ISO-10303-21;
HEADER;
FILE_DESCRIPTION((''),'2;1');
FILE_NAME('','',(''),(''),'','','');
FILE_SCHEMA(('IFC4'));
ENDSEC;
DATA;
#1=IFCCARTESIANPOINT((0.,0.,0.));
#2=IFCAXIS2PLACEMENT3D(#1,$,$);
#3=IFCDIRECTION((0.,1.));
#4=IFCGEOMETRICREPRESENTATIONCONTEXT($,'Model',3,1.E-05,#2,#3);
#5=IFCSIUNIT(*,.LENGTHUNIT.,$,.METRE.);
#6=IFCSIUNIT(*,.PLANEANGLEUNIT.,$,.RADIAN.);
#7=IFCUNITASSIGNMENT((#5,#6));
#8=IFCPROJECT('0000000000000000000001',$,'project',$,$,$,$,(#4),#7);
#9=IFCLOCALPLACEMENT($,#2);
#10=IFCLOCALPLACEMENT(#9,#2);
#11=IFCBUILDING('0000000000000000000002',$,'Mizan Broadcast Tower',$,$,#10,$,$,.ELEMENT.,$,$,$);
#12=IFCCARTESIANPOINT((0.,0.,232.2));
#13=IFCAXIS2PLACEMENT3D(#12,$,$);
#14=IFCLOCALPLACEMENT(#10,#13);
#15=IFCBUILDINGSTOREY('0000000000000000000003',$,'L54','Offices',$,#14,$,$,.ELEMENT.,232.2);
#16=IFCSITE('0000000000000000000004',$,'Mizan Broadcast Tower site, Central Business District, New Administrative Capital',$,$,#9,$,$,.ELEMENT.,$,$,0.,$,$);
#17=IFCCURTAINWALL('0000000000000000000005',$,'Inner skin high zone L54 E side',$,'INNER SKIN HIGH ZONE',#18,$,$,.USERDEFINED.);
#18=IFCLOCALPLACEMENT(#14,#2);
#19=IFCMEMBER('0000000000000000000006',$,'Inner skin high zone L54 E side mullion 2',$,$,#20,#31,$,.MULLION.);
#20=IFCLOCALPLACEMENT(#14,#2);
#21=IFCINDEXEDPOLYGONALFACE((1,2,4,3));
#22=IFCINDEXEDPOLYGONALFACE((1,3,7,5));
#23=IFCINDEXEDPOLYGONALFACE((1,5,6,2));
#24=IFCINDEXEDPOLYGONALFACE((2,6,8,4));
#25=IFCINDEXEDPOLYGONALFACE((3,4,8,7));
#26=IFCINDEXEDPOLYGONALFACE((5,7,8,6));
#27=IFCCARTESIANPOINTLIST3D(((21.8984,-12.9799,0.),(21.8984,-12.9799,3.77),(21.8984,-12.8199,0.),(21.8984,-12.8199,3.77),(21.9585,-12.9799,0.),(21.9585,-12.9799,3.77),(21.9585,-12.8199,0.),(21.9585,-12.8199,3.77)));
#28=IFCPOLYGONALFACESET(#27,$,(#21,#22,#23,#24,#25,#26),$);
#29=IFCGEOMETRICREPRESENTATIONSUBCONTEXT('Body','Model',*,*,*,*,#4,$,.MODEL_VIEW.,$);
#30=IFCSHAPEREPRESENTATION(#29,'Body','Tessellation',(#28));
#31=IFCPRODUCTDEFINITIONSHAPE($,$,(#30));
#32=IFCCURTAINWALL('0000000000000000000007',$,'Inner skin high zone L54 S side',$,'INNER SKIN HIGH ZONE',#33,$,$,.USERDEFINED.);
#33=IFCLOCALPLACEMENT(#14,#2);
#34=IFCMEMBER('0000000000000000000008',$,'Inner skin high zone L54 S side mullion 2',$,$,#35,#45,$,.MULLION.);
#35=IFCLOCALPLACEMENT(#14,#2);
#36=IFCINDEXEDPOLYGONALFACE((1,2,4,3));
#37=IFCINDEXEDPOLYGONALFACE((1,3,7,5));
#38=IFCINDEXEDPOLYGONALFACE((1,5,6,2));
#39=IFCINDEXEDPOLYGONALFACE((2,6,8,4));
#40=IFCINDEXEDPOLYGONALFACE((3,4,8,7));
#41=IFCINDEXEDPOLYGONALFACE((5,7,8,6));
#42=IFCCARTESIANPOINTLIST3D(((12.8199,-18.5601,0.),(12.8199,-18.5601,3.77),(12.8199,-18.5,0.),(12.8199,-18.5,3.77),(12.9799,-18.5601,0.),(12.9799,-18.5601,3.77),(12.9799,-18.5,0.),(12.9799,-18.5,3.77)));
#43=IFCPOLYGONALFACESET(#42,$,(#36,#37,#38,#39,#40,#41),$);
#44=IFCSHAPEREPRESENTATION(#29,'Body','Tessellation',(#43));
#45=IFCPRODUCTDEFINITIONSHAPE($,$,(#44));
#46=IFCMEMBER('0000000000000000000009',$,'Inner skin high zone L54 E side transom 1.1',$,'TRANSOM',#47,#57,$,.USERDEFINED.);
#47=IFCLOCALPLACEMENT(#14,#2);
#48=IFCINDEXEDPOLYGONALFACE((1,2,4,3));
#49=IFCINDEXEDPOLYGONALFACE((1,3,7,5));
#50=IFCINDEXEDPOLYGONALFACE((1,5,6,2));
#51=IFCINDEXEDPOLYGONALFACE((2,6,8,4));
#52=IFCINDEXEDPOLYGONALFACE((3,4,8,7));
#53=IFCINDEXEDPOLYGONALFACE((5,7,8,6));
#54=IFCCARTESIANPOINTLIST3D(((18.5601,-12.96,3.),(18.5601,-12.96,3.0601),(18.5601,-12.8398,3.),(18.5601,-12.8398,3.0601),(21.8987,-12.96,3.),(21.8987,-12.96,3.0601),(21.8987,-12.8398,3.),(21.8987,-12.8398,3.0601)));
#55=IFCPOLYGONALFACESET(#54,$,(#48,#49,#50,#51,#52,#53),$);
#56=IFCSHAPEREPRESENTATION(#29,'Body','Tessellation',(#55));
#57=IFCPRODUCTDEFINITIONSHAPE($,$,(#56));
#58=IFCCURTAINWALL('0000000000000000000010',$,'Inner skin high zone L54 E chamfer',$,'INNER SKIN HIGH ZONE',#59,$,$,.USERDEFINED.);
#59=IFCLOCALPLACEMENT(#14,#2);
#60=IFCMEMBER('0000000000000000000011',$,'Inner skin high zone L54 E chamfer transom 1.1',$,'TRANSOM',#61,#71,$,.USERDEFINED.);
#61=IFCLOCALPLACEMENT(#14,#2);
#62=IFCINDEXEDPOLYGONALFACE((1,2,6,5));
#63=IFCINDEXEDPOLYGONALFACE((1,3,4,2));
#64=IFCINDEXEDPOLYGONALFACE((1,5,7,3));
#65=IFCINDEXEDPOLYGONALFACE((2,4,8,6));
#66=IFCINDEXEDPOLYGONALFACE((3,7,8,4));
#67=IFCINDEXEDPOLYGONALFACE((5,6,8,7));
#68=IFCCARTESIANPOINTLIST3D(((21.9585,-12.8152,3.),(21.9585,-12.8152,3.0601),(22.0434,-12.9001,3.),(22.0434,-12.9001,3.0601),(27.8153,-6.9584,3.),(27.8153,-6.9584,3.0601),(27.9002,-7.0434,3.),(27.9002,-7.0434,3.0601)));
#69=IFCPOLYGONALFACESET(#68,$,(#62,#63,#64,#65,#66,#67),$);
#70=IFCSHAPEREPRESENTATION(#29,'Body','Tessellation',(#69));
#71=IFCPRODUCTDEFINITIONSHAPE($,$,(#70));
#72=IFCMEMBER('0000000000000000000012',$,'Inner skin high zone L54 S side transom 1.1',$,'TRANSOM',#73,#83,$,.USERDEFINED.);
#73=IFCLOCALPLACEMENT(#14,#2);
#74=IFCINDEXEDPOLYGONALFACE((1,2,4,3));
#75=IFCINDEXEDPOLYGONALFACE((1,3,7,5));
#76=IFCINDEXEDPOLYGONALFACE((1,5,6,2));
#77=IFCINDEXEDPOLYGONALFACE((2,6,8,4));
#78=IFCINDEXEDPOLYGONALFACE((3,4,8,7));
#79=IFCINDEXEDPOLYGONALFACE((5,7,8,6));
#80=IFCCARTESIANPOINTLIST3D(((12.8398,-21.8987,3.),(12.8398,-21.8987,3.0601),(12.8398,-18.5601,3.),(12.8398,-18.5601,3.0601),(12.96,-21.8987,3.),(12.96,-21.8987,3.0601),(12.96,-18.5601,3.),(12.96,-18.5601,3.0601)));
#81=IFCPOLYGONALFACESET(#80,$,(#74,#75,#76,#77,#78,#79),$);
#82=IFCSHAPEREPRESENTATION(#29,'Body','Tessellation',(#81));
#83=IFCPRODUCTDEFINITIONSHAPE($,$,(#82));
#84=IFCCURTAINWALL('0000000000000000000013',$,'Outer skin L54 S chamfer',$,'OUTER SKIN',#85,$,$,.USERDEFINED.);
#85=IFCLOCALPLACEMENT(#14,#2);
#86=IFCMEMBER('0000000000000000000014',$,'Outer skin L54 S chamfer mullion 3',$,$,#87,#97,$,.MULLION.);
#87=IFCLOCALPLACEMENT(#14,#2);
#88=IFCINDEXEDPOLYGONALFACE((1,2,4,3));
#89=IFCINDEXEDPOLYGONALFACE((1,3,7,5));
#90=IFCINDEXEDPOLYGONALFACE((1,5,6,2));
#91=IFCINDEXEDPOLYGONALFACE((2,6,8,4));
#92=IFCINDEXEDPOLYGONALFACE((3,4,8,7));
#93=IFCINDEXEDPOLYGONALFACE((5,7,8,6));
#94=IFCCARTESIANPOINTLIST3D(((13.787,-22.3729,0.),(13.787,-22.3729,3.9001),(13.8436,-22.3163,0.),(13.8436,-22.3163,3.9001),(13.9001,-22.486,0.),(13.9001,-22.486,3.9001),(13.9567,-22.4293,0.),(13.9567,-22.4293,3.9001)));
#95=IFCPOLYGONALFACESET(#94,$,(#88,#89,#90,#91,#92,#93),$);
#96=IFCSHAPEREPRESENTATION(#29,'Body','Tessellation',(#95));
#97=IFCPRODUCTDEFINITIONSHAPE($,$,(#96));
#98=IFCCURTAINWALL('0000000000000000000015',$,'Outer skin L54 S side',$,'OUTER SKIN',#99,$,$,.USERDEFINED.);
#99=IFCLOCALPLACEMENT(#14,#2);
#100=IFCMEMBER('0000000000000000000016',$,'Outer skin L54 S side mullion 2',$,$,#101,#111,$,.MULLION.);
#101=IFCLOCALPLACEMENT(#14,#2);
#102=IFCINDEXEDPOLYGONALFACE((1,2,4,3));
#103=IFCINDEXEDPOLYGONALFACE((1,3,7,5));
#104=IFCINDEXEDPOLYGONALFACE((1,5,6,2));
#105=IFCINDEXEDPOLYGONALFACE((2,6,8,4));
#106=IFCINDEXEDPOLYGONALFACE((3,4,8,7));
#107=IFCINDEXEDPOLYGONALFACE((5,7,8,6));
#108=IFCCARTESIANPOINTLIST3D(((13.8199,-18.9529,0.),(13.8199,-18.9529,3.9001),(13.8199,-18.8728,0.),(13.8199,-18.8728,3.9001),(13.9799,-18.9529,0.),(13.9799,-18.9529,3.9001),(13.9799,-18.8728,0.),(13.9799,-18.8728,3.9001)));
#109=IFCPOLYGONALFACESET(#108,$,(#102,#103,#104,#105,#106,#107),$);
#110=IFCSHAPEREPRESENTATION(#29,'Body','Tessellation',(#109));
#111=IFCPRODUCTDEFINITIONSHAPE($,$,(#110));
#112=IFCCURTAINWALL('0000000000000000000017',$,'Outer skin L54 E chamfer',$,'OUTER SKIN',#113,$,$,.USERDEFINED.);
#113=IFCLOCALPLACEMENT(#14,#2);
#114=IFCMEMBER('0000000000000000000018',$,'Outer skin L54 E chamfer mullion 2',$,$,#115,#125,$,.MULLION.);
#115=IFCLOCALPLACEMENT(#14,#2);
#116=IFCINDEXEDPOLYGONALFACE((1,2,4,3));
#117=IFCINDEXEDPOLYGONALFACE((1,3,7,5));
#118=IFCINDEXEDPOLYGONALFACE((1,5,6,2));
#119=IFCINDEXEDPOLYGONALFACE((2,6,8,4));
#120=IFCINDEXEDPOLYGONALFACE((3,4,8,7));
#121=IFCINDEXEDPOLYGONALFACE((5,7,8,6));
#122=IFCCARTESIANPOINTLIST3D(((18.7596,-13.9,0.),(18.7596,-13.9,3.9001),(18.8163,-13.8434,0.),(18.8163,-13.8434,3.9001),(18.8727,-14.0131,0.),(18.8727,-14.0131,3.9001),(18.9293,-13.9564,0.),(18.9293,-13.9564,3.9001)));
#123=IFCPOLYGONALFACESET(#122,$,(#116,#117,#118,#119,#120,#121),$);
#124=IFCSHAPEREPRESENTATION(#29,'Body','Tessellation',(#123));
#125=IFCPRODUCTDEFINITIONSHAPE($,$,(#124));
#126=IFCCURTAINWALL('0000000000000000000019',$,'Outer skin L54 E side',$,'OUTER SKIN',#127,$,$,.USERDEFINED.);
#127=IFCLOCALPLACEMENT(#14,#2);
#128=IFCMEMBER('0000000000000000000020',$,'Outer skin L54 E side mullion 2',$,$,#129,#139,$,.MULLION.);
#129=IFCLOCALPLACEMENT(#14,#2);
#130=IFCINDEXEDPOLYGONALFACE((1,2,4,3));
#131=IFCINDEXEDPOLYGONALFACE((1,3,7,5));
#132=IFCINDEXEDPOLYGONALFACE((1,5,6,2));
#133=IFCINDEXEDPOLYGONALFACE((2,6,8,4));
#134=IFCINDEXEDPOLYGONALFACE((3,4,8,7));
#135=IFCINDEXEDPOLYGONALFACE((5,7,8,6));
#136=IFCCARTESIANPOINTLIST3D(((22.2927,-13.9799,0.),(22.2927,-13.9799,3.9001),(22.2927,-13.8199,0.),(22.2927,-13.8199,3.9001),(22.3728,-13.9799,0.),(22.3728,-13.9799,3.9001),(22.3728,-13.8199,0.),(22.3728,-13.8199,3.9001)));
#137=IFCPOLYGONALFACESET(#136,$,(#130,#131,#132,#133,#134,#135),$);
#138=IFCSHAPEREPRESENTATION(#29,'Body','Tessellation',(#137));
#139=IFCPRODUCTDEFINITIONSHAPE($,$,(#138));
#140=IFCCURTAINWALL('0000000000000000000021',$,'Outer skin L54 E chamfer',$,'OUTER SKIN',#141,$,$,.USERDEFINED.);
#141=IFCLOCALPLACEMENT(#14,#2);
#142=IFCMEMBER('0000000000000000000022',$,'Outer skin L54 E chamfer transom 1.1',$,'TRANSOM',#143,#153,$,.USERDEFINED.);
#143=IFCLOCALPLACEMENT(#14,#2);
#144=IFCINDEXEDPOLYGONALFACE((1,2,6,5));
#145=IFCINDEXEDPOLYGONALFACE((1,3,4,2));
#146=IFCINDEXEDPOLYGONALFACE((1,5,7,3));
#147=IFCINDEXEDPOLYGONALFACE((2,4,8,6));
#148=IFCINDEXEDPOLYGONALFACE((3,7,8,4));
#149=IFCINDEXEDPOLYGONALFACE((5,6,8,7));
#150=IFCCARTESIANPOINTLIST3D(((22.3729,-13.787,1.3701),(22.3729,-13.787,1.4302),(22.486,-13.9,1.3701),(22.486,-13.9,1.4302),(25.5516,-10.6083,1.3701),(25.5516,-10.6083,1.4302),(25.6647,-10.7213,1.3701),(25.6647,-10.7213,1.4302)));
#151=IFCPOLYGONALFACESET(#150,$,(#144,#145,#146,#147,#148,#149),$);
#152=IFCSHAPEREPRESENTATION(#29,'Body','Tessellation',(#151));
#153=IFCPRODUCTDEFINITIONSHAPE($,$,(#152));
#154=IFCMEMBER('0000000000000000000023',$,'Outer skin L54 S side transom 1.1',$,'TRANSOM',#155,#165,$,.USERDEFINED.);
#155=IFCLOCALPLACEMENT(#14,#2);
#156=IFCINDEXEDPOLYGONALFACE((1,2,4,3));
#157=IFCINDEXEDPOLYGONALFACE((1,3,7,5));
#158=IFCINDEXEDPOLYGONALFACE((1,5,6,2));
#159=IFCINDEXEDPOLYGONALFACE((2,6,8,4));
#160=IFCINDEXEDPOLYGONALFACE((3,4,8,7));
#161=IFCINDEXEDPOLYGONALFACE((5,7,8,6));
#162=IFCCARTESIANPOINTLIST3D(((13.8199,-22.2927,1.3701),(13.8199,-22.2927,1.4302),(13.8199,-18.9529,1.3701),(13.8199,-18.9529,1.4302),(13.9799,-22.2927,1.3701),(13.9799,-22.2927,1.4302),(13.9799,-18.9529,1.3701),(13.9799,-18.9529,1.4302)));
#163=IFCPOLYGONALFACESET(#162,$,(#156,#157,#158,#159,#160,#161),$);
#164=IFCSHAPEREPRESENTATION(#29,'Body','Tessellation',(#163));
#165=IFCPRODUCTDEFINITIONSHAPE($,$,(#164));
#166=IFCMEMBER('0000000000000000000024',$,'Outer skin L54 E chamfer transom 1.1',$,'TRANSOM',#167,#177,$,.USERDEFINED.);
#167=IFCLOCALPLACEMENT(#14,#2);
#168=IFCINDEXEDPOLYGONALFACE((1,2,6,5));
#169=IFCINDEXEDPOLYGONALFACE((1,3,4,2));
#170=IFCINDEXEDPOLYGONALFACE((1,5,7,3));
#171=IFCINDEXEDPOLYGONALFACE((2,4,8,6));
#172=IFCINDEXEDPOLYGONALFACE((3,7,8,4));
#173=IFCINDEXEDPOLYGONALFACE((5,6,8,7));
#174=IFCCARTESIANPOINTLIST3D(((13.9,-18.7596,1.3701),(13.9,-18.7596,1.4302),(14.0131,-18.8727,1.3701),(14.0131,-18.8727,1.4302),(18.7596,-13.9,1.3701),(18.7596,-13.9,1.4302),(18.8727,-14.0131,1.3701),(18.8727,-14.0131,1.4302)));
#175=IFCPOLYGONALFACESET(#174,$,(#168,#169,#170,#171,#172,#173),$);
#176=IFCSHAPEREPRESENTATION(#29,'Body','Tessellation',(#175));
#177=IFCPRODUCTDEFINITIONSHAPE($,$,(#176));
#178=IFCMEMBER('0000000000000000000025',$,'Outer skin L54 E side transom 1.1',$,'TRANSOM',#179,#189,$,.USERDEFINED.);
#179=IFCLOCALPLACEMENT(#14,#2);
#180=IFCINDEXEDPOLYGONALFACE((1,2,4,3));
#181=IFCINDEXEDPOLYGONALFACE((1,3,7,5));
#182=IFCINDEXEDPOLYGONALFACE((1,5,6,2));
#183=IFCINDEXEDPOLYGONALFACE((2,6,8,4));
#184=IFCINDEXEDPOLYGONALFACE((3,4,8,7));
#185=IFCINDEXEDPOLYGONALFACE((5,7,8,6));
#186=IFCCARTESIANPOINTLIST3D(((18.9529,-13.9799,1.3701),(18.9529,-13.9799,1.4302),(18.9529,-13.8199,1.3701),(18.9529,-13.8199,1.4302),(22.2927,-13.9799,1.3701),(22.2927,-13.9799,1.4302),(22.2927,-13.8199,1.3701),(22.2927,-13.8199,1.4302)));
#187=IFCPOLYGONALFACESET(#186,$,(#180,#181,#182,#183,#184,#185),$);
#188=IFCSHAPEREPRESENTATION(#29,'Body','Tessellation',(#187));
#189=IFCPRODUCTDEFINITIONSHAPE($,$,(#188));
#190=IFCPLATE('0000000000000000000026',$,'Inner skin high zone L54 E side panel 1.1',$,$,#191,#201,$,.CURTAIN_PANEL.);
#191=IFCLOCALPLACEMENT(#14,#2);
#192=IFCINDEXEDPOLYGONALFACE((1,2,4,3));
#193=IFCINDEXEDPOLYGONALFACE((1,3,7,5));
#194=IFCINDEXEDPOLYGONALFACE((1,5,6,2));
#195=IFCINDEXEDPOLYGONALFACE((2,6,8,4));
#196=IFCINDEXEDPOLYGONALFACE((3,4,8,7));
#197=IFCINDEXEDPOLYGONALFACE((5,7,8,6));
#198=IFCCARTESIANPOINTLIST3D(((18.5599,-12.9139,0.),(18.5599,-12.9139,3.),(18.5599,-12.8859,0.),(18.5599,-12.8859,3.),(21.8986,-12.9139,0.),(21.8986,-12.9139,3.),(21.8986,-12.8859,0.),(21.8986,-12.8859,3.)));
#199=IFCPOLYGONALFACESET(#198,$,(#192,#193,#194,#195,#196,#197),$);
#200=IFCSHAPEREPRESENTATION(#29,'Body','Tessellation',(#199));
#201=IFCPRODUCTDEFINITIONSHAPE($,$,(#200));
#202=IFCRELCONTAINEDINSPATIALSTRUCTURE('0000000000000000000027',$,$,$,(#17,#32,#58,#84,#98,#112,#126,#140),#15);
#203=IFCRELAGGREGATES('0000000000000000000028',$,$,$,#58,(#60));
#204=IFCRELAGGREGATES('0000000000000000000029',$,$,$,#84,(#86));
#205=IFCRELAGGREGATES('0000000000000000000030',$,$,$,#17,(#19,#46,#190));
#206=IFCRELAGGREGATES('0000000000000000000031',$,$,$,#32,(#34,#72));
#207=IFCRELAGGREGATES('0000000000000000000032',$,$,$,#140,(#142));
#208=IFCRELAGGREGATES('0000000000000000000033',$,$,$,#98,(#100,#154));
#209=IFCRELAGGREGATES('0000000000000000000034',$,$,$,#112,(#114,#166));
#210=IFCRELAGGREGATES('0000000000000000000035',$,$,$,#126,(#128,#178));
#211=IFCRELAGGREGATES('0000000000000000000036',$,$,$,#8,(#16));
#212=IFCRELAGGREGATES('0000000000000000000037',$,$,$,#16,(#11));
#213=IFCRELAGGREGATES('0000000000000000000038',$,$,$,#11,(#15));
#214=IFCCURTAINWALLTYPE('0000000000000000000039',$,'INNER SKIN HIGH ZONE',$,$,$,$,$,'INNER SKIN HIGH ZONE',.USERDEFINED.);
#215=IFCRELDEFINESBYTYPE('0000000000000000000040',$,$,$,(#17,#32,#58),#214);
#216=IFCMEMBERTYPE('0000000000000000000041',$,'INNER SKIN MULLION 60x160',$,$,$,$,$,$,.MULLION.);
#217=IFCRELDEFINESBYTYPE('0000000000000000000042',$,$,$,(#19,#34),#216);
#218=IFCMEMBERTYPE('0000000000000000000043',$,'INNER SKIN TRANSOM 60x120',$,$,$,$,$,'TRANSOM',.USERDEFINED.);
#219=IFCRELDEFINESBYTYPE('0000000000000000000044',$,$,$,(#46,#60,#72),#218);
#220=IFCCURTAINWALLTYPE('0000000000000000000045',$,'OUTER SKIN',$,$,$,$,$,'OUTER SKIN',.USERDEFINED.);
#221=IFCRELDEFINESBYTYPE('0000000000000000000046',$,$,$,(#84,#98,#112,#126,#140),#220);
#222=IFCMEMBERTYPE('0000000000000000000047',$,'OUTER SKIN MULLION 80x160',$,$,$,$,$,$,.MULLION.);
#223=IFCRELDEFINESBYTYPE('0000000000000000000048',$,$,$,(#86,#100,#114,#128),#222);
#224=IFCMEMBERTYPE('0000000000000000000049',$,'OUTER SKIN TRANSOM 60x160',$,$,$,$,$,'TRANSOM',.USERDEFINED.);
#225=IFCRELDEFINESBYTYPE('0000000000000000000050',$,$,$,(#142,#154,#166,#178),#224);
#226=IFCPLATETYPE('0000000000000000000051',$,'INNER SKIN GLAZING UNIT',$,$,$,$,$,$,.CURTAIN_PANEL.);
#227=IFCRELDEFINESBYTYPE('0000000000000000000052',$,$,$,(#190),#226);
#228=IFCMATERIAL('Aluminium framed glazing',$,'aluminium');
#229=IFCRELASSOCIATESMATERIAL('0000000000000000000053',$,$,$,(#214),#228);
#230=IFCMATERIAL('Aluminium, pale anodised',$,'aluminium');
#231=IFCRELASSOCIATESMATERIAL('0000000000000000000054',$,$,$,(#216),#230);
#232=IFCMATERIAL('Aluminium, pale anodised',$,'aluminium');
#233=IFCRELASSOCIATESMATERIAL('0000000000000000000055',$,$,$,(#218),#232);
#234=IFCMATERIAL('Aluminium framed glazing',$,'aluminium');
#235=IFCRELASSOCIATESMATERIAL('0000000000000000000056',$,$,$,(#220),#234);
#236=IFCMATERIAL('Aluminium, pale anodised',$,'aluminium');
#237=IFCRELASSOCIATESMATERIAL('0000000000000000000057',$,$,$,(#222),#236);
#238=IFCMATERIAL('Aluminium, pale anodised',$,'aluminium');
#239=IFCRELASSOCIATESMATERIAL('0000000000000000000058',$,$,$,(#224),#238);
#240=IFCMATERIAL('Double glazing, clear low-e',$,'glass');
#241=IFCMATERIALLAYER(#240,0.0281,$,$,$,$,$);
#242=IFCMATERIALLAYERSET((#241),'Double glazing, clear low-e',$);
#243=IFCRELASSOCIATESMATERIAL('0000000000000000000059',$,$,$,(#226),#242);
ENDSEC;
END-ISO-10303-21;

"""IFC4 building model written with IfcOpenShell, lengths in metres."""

from ifc_helpers import new_model, si_unit, direction, frame, origin, origin_2d, place, context, subcontext, project, spatial, rectangle, extrude, material, layer, layer_set, material_profile, profile_set, type_object, element, aggregate, save


model = new_model("IFC4")

# Units and contexts
model_context = context("Model", 3, precision=1e-05, world=origin(), true_north=direction((0.0, 1.0)))
body_context = subcontext(model_context, "Body", "Model", "MODEL_VIEW")
ifc_project = project(units=[si_unit("LENGTHUNIT", "METRE"), si_unit("PLANEANGLEUNIT", "RADIAN")], contexts=[model_context])

# Site, building, storey
site_placement = place(None, origin())
site = spatial("IfcSite", under=ifc_project, at=site_placement, Name="Mizan Broadcast Tower site, Central Business District, New Administrative Capital", CompositionType="ELEMENT", RefElevation=0.0)
building_placement = place(site_placement, origin())
building = spatial("IfcBuilding", under=site, at=building_placement, Name="Mizan Broadcast Tower", CompositionType="ELEMENT")
storey_placement = place(building_placement, frame((0.0, 0.0, 232.2)))
storey = spatial("IfcBuildingStorey", under=building, at=storey_placement, Name="L54", Description="Offices", CompositionType="ELEMENT", Elevation=232.2)

# Curtain walls, members
ifc_material_1 = material(Name="Aluminium framed glazing", Category="aluminium")
curtain_wall_type_1 = type_object("IfcCurtainWallType", Name="INNER SKIN HIGH ZONE", ElementType="INNER SKIN HIGH ZONE", PredefinedType="USERDEFINED", material=ifc_material_1)
curtain_wall_1_placement = place(storey_placement, origin())
curtain_wall_1 = element("IfcCurtainWall", 1, at=curtain_wall_1_placement, inside=storey, type_object=curtain_wall_type_1, Name="Inner skin high zone L54 E side", ObjectType="INNER SKIN HIGH ZONE", PredefinedType="USERDEFINED")
ifc_material_2 = material(Name="Aluminium, pale anodised", Category="aluminium")
ifc_material_profile_1 = material_profile(ifc_material_2, rectangle(XDim=0.1599, YDim=0.0601, at=origin_2d()), Name="MULLION 160x60")
ifc_profile_set_1 = profile_set([ifc_material_profile_1], Name="Aluminium, pale anodised")
member_type_1 = type_object("IfcMemberType", Name="INNER SKIN MULLION 60x160", PredefinedType="MULLION", material=ifc_profile_set_1)
member_1_placement = place(storey_placement, frame((21.9285, -12.8999, 0.0), z_axis=(0.0, 0.0, 1.0), x_axis=(0.0, 1.0, 0.0)))
member_1 = element("IfcMember", 2, at=member_1_placement, type_object=member_type_1, Name="Inner skin high zone L54 E side mullion 2", PredefinedType="MULLION", context=body_context, shape_type="SweptSolid", body=[
    extrude(rectangle(XDim=0.1599, YDim=0.0601, at=origin_2d()), origin(), (0.0, 0.0, 1.0), 3.77),
])
curtain_wall_2_placement = place(storey_placement, origin())
curtain_wall_2 = element("IfcCurtainWall", 3, at=curtain_wall_2_placement, inside=storey, type_object=curtain_wall_type_1, Name="Inner skin high zone L54 S side", ObjectType="INNER SKIN HIGH ZONE", PredefinedType="USERDEFINED")
member_2_placement = place(storey_placement, frame((12.8999, -18.53, 0.0), z_axis=(0.0, 0.0, 1.0), x_axis=(-1.0, 0.0, 0.0)))
member_2 = element("IfcMember", 4, at=member_2_placement, type_object=member_type_1, Name="Inner skin high zone L54 S side mullion 2", PredefinedType="MULLION", context=body_context, shape_type="SweptSolid", body=[
    extrude(rectangle(XDim=0.1599, YDim=0.0601, at=origin_2d()), origin(), (0.0, 0.0, 1.0), 3.77),
])

# Member
ifc_material_3 = material(Name="Aluminium, pale anodised", Category="aluminium")
ifc_material_profile_2 = material_profile(ifc_material_3, rectangle(XDim=0.1201, YDim=0.0601, at=origin_2d()), Name="TRANSOM 120x60")
ifc_profile_set_2 = profile_set([ifc_material_profile_2], Name="Aluminium, pale anodised")
member_type_2 = type_object("IfcMemberType", Name="INNER SKIN TRANSOM 60x120", ElementType="TRANSOM", PredefinedType="USERDEFINED", material=ifc_profile_set_2)
member_3_placement = place(storey_placement, frame((18.5601, -12.8999, 3.03), z_axis=(1.0, 0.0, 0.0), x_axis=(0.0, 1.0, 0.0)))
member_3 = element("IfcMember", 5, at=member_3_placement, type_object=member_type_2, Name="Inner skin high zone L54 E side transom 1.1", ObjectType="TRANSOM", PredefinedType="USERDEFINED", context=body_context, shape_type="SweptSolid", body=[
    extrude(rectangle(XDim=0.1201, YDim=0.0601, at=origin_2d()), origin(), (0.0, 0.0, 1.0), 3.3386),
])

# Curtain wall, member
curtain_wall_3_placement = place(storey_placement, origin())
curtain_wall_3 = element("IfcCurtainWall", 6, at=curtain_wall_3_placement, inside=storey, type_object=curtain_wall_type_1, Name="Inner skin high zone L54 E chamfer", ObjectType="INNER SKIN HIGH ZONE", PredefinedType="USERDEFINED")
member_4_placement = place(storey_placement, frame((22.001, -12.8577, 3.03), z_axis=(0.707107, 0.707107, 0.0), x_axis=(-0.707107, 0.707107, 0.0)))
member_4 = element("IfcMember", 7, at=member_4_placement, type_object=member_type_2, Name="Inner skin high zone L54 E chamfer transom 1.1", ObjectType="TRANSOM", PredefinedType="USERDEFINED", context=body_context, shape_type="SweptSolid", body=[
    extrude(rectangle(XDim=0.1201, YDim=0.0601, at=origin_2d()), origin(), (0.0, 0.0, 1.0), 8.2827),
])
aggregate(curtain_wall_3, [member_4])

# Member
member_5_placement = place(storey_placement, frame((12.8999, -21.8987, 3.03), z_axis=(0.0, 1.0, 0.0), x_axis=(-1.0, 0.0, 0.0)))
member_5 = element("IfcMember", 8, at=member_5_placement, type_object=member_type_2, Name="Inner skin high zone L54 S side transom 1.1", ObjectType="TRANSOM", PredefinedType="USERDEFINED", context=body_context, shape_type="SweptSolid", body=[
    extrude(rectangle(XDim=0.1201, YDim=0.0601, at=origin_2d()), origin(), (0.0, 0.0, 1.0), 3.3386),
])

# Curtain walls, members
ifc_material_4 = material(Name="Aluminium framed glazing", Category="aluminium")
curtain_wall_type_2 = type_object("IfcCurtainWallType", Name="OUTER SKIN", ElementType="OUTER SKIN", PredefinedType="USERDEFINED", material=ifc_material_4)
curtain_wall_4_placement = place(storey_placement, origin())
curtain_wall_4 = element("IfcCurtainWall", 9, at=curtain_wall_4_placement, inside=storey, type_object=curtain_wall_type_2, Name="Outer skin L54 S chamfer", ObjectType="OUTER SKIN", PredefinedType="USERDEFINED")
ifc_material_5 = material(Name="Aluminium, pale anodised", Category="aluminium")
ifc_material_profile_3 = material_profile(ifc_material_5, rectangle(XDim=0.1599, YDim=0.0801, at=origin_2d()), Name="MULLION 160x80")
ifc_profile_set_3 = profile_set([ifc_material_profile_3], Name="Aluminium, pale anodised")
member_type_3 = type_object("IfcMemberType", Name="OUTER SKIN MULLION 80x160", PredefinedType="MULLION", material=ifc_profile_set_3)
member_6_placement = place(storey_placement, frame((13.8718, -22.4011, 0.0), z_axis=(0.0, 0.0, 1.0), x_axis=(-0.707107, 0.707107, 0.0)))
member_6 = element("IfcMember", 10, at=member_6_placement, type_object=member_type_3, Name="Outer skin L54 S chamfer mullion 3", PredefinedType="MULLION", context=body_context, shape_type="SweptSolid", body=[
    extrude(rectangle(XDim=0.1599, YDim=0.0801, at=origin_2d()), origin(), (0.0, 0.0, 1.0), 3.9001),
])
aggregate(curtain_wall_4, [member_6])
curtain_wall_5_placement = place(storey_placement, origin())
curtain_wall_5 = element("IfcCurtainWall", 11, at=curtain_wall_5_placement, inside=storey, type_object=curtain_wall_type_2, Name="Outer skin L54 S side", ObjectType="OUTER SKIN", PredefinedType="USERDEFINED")
member_7_placement = place(storey_placement, frame((13.8999, -18.9128, 0.0), z_axis=(0.0, 0.0, 1.0), x_axis=(-1.0, 0.0, 0.0)))
member_7 = element("IfcMember", 12, at=member_7_placement, type_object=member_type_3, Name="Outer skin L54 S side mullion 2", PredefinedType="MULLION", context=body_context, shape_type="SweptSolid", body=[
    extrude(rectangle(XDim=0.1599, YDim=0.0801, at=origin_2d()), origin(), (0.0, 0.0, 1.0), 3.9001),
])
curtain_wall_6_placement = place(storey_placement, origin())
curtain_wall_6 = element("IfcCurtainWall", 13, at=curtain_wall_6_placement, inside=storey, type_object=curtain_wall_type_2, Name="Outer skin L54 E chamfer", ObjectType="OUTER SKIN", PredefinedType="USERDEFINED")
member_8_placement = place(storey_placement, frame((18.8445, -13.9282, 0.0), z_axis=(0.0, 0.0, 1.0), x_axis=(-0.707107, 0.707107, 0.0)))
member_8 = element("IfcMember", 14, at=member_8_placement, type_object=member_type_3, Name="Outer skin L54 E chamfer mullion 2", PredefinedType="MULLION", context=body_context, shape_type="SweptSolid", body=[
    extrude(rectangle(XDim=0.1599, YDim=0.0801, at=origin_2d()), origin(), (0.0, 0.0, 1.0), 3.9001),
])
curtain_wall_7_placement = place(storey_placement, origin())
curtain_wall_7 = element("IfcCurtainWall", 15, at=curtain_wall_7_placement, inside=storey, type_object=curtain_wall_type_2, Name="Outer skin L54 E side", ObjectType="OUTER SKIN", PredefinedType="USERDEFINED")
member_9_placement = place(storey_placement, frame((22.3328, -13.8999, 0.0), z_axis=(0.0, 0.0, 1.0), x_axis=(0.0, 1.0, 0.0)))
member_9 = element("IfcMember", 16, at=member_9_placement, type_object=member_type_3, Name="Outer skin L54 E side mullion 2", PredefinedType="MULLION", context=body_context, shape_type="SweptSolid", body=[
    extrude(rectangle(XDim=0.1599, YDim=0.0801, at=origin_2d()), origin(), (0.0, 0.0, 1.0), 3.9001),
])
curtain_wall_8_placement = place(storey_placement, origin())
curtain_wall_8 = element("IfcCurtainWall", 17, at=curtain_wall_8_placement, inside=storey, type_object=curtain_wall_type_2, Name="Outer skin L54 E chamfer", ObjectType="OUTER SKIN", PredefinedType="USERDEFINED")
ifc_material_6 = material(Name="Aluminium, pale anodised", Category="aluminium")
ifc_material_profile_4 = material_profile(ifc_material_6, rectangle(XDim=0.1599, YDim=0.0601, at=origin_2d()), Name="TRANSOM 160x60")
ifc_profile_set_4 = profile_set([ifc_material_profile_4], Name="Aluminium, pale anodised")
member_type_4 = type_object("IfcMemberType", Name="OUTER SKIN TRANSOM 60x160", ElementType="TRANSOM", PredefinedType="USERDEFINED", material=ifc_profile_set_4)
member_10_placement = place(storey_placement, frame((22.4294, -13.8435, 1.4001), z_axis=(0.707107, 0.707107, 0.0), x_axis=(-0.707107, 0.707107, 0.0)))
member_10 = element("IfcMember", 18, at=member_10_placement, type_object=member_type_4, Name="Outer skin L54 E chamfer transom 1.1", ObjectType="TRANSOM", PredefinedType="USERDEFINED", context=body_context, shape_type="SweptSolid", body=[
    extrude(rectangle(XDim=0.1599, YDim=0.0601, at=origin_2d()), origin(), (0.0, 0.0, 1.0), 4.4954),
])

# Members
member_11_placement = place(storey_placement, frame((13.8999, -22.2927, 1.4001), z_axis=(0.0, 1.0, 0.0), x_axis=(-1.0, 0.0, 0.0)))
member_11 = element("IfcMember", 19, at=member_11_placement, type_object=member_type_4, Name="Outer skin L54 S side transom 1.1", ObjectType="TRANSOM", PredefinedType="USERDEFINED", context=body_context, shape_type="SweptSolid", body=[
    extrude(rectangle(XDim=0.1599, YDim=0.0601, at=origin_2d()), origin(), (0.0, 0.0, 1.0), 3.3398),
])
member_12_placement = place(storey_placement, frame((13.9565, -18.8162, 1.4001), z_axis=(0.707107, 0.707107, 0.0), x_axis=(-0.707107, 0.707107, 0.0)))
member_12 = element("IfcMember", 20, at=member_12_placement, type_object=member_type_4, Name="Outer skin L54 E chamfer transom 1.1", ObjectType="TRANSOM", PredefinedType="USERDEFINED", context=body_context, shape_type="SweptSolid", body=[
    extrude(rectangle(XDim=0.1599, YDim=0.0601, at=origin_2d()), origin(), (0.0, 0.0, 1.0), 6.8726),
])
member_13_placement = place(storey_placement, frame((18.9529, -13.8999, 1.4001), z_axis=(1.0, 0.0, 0.0), x_axis=(0.0, 1.0, 0.0)))
member_13 = element("IfcMember", 21, at=member_13_placement, type_object=member_type_4, Name="Outer skin L54 E side transom 1.1", ObjectType="TRANSOM", PredefinedType="USERDEFINED", context=body_context, shape_type="SweptSolid", body=[
    extrude(rectangle(XDim=0.1599, YDim=0.0601, at=origin_2d()), origin(), (0.0, 0.0, 1.0), 3.3398),
])

# Plate
ifc_material_7 = material(Name="Double glazing, clear low-e", Category="glass")
ifc_layer_1 = layer(ifc_material_7, 0.0281)
ifc_layer_set_1 = layer_set([ifc_layer_1], Name="Double glazing, clear low-e")
plate_type_1 = type_object("IfcPlateType", Name="INNER SKIN GLAZING UNIT", PredefinedType="CURTAIN_PANEL", material=ifc_layer_set_1)
plate_1_placement = place(storey_placement, frame((20.2292, -12.8999, 0.0), z_axis=(0.0, 0.0, 1.0), x_axis=(1.0, 0.0, 0.0)))
plate_1 = element("IfcPlate", 22, at=plate_1_placement, type_object=plate_type_1, Name="Inner skin high zone L54 E side panel 1.1", PredefinedType="CURTAIN_PANEL", context=body_context, shape_type="SweptSolid", body=[
    extrude(rectangle(XDim=3.3386, YDim=0.0281, at=origin_2d()), origin(), (0.0, 0.0, 1.0), 3.0),
])
aggregate(curtain_wall_1, [member_1, member_3, plate_1])
aggregate(curtain_wall_2, [member_2, member_5])
aggregate(curtain_wall_8, [member_10])
aggregate(curtain_wall_5, [member_7, member_11])
aggregate(curtain_wall_6, [member_8, member_12])
aggregate(curtain_wall_7, [member_9, member_13])

save(model, "model.ifc")
